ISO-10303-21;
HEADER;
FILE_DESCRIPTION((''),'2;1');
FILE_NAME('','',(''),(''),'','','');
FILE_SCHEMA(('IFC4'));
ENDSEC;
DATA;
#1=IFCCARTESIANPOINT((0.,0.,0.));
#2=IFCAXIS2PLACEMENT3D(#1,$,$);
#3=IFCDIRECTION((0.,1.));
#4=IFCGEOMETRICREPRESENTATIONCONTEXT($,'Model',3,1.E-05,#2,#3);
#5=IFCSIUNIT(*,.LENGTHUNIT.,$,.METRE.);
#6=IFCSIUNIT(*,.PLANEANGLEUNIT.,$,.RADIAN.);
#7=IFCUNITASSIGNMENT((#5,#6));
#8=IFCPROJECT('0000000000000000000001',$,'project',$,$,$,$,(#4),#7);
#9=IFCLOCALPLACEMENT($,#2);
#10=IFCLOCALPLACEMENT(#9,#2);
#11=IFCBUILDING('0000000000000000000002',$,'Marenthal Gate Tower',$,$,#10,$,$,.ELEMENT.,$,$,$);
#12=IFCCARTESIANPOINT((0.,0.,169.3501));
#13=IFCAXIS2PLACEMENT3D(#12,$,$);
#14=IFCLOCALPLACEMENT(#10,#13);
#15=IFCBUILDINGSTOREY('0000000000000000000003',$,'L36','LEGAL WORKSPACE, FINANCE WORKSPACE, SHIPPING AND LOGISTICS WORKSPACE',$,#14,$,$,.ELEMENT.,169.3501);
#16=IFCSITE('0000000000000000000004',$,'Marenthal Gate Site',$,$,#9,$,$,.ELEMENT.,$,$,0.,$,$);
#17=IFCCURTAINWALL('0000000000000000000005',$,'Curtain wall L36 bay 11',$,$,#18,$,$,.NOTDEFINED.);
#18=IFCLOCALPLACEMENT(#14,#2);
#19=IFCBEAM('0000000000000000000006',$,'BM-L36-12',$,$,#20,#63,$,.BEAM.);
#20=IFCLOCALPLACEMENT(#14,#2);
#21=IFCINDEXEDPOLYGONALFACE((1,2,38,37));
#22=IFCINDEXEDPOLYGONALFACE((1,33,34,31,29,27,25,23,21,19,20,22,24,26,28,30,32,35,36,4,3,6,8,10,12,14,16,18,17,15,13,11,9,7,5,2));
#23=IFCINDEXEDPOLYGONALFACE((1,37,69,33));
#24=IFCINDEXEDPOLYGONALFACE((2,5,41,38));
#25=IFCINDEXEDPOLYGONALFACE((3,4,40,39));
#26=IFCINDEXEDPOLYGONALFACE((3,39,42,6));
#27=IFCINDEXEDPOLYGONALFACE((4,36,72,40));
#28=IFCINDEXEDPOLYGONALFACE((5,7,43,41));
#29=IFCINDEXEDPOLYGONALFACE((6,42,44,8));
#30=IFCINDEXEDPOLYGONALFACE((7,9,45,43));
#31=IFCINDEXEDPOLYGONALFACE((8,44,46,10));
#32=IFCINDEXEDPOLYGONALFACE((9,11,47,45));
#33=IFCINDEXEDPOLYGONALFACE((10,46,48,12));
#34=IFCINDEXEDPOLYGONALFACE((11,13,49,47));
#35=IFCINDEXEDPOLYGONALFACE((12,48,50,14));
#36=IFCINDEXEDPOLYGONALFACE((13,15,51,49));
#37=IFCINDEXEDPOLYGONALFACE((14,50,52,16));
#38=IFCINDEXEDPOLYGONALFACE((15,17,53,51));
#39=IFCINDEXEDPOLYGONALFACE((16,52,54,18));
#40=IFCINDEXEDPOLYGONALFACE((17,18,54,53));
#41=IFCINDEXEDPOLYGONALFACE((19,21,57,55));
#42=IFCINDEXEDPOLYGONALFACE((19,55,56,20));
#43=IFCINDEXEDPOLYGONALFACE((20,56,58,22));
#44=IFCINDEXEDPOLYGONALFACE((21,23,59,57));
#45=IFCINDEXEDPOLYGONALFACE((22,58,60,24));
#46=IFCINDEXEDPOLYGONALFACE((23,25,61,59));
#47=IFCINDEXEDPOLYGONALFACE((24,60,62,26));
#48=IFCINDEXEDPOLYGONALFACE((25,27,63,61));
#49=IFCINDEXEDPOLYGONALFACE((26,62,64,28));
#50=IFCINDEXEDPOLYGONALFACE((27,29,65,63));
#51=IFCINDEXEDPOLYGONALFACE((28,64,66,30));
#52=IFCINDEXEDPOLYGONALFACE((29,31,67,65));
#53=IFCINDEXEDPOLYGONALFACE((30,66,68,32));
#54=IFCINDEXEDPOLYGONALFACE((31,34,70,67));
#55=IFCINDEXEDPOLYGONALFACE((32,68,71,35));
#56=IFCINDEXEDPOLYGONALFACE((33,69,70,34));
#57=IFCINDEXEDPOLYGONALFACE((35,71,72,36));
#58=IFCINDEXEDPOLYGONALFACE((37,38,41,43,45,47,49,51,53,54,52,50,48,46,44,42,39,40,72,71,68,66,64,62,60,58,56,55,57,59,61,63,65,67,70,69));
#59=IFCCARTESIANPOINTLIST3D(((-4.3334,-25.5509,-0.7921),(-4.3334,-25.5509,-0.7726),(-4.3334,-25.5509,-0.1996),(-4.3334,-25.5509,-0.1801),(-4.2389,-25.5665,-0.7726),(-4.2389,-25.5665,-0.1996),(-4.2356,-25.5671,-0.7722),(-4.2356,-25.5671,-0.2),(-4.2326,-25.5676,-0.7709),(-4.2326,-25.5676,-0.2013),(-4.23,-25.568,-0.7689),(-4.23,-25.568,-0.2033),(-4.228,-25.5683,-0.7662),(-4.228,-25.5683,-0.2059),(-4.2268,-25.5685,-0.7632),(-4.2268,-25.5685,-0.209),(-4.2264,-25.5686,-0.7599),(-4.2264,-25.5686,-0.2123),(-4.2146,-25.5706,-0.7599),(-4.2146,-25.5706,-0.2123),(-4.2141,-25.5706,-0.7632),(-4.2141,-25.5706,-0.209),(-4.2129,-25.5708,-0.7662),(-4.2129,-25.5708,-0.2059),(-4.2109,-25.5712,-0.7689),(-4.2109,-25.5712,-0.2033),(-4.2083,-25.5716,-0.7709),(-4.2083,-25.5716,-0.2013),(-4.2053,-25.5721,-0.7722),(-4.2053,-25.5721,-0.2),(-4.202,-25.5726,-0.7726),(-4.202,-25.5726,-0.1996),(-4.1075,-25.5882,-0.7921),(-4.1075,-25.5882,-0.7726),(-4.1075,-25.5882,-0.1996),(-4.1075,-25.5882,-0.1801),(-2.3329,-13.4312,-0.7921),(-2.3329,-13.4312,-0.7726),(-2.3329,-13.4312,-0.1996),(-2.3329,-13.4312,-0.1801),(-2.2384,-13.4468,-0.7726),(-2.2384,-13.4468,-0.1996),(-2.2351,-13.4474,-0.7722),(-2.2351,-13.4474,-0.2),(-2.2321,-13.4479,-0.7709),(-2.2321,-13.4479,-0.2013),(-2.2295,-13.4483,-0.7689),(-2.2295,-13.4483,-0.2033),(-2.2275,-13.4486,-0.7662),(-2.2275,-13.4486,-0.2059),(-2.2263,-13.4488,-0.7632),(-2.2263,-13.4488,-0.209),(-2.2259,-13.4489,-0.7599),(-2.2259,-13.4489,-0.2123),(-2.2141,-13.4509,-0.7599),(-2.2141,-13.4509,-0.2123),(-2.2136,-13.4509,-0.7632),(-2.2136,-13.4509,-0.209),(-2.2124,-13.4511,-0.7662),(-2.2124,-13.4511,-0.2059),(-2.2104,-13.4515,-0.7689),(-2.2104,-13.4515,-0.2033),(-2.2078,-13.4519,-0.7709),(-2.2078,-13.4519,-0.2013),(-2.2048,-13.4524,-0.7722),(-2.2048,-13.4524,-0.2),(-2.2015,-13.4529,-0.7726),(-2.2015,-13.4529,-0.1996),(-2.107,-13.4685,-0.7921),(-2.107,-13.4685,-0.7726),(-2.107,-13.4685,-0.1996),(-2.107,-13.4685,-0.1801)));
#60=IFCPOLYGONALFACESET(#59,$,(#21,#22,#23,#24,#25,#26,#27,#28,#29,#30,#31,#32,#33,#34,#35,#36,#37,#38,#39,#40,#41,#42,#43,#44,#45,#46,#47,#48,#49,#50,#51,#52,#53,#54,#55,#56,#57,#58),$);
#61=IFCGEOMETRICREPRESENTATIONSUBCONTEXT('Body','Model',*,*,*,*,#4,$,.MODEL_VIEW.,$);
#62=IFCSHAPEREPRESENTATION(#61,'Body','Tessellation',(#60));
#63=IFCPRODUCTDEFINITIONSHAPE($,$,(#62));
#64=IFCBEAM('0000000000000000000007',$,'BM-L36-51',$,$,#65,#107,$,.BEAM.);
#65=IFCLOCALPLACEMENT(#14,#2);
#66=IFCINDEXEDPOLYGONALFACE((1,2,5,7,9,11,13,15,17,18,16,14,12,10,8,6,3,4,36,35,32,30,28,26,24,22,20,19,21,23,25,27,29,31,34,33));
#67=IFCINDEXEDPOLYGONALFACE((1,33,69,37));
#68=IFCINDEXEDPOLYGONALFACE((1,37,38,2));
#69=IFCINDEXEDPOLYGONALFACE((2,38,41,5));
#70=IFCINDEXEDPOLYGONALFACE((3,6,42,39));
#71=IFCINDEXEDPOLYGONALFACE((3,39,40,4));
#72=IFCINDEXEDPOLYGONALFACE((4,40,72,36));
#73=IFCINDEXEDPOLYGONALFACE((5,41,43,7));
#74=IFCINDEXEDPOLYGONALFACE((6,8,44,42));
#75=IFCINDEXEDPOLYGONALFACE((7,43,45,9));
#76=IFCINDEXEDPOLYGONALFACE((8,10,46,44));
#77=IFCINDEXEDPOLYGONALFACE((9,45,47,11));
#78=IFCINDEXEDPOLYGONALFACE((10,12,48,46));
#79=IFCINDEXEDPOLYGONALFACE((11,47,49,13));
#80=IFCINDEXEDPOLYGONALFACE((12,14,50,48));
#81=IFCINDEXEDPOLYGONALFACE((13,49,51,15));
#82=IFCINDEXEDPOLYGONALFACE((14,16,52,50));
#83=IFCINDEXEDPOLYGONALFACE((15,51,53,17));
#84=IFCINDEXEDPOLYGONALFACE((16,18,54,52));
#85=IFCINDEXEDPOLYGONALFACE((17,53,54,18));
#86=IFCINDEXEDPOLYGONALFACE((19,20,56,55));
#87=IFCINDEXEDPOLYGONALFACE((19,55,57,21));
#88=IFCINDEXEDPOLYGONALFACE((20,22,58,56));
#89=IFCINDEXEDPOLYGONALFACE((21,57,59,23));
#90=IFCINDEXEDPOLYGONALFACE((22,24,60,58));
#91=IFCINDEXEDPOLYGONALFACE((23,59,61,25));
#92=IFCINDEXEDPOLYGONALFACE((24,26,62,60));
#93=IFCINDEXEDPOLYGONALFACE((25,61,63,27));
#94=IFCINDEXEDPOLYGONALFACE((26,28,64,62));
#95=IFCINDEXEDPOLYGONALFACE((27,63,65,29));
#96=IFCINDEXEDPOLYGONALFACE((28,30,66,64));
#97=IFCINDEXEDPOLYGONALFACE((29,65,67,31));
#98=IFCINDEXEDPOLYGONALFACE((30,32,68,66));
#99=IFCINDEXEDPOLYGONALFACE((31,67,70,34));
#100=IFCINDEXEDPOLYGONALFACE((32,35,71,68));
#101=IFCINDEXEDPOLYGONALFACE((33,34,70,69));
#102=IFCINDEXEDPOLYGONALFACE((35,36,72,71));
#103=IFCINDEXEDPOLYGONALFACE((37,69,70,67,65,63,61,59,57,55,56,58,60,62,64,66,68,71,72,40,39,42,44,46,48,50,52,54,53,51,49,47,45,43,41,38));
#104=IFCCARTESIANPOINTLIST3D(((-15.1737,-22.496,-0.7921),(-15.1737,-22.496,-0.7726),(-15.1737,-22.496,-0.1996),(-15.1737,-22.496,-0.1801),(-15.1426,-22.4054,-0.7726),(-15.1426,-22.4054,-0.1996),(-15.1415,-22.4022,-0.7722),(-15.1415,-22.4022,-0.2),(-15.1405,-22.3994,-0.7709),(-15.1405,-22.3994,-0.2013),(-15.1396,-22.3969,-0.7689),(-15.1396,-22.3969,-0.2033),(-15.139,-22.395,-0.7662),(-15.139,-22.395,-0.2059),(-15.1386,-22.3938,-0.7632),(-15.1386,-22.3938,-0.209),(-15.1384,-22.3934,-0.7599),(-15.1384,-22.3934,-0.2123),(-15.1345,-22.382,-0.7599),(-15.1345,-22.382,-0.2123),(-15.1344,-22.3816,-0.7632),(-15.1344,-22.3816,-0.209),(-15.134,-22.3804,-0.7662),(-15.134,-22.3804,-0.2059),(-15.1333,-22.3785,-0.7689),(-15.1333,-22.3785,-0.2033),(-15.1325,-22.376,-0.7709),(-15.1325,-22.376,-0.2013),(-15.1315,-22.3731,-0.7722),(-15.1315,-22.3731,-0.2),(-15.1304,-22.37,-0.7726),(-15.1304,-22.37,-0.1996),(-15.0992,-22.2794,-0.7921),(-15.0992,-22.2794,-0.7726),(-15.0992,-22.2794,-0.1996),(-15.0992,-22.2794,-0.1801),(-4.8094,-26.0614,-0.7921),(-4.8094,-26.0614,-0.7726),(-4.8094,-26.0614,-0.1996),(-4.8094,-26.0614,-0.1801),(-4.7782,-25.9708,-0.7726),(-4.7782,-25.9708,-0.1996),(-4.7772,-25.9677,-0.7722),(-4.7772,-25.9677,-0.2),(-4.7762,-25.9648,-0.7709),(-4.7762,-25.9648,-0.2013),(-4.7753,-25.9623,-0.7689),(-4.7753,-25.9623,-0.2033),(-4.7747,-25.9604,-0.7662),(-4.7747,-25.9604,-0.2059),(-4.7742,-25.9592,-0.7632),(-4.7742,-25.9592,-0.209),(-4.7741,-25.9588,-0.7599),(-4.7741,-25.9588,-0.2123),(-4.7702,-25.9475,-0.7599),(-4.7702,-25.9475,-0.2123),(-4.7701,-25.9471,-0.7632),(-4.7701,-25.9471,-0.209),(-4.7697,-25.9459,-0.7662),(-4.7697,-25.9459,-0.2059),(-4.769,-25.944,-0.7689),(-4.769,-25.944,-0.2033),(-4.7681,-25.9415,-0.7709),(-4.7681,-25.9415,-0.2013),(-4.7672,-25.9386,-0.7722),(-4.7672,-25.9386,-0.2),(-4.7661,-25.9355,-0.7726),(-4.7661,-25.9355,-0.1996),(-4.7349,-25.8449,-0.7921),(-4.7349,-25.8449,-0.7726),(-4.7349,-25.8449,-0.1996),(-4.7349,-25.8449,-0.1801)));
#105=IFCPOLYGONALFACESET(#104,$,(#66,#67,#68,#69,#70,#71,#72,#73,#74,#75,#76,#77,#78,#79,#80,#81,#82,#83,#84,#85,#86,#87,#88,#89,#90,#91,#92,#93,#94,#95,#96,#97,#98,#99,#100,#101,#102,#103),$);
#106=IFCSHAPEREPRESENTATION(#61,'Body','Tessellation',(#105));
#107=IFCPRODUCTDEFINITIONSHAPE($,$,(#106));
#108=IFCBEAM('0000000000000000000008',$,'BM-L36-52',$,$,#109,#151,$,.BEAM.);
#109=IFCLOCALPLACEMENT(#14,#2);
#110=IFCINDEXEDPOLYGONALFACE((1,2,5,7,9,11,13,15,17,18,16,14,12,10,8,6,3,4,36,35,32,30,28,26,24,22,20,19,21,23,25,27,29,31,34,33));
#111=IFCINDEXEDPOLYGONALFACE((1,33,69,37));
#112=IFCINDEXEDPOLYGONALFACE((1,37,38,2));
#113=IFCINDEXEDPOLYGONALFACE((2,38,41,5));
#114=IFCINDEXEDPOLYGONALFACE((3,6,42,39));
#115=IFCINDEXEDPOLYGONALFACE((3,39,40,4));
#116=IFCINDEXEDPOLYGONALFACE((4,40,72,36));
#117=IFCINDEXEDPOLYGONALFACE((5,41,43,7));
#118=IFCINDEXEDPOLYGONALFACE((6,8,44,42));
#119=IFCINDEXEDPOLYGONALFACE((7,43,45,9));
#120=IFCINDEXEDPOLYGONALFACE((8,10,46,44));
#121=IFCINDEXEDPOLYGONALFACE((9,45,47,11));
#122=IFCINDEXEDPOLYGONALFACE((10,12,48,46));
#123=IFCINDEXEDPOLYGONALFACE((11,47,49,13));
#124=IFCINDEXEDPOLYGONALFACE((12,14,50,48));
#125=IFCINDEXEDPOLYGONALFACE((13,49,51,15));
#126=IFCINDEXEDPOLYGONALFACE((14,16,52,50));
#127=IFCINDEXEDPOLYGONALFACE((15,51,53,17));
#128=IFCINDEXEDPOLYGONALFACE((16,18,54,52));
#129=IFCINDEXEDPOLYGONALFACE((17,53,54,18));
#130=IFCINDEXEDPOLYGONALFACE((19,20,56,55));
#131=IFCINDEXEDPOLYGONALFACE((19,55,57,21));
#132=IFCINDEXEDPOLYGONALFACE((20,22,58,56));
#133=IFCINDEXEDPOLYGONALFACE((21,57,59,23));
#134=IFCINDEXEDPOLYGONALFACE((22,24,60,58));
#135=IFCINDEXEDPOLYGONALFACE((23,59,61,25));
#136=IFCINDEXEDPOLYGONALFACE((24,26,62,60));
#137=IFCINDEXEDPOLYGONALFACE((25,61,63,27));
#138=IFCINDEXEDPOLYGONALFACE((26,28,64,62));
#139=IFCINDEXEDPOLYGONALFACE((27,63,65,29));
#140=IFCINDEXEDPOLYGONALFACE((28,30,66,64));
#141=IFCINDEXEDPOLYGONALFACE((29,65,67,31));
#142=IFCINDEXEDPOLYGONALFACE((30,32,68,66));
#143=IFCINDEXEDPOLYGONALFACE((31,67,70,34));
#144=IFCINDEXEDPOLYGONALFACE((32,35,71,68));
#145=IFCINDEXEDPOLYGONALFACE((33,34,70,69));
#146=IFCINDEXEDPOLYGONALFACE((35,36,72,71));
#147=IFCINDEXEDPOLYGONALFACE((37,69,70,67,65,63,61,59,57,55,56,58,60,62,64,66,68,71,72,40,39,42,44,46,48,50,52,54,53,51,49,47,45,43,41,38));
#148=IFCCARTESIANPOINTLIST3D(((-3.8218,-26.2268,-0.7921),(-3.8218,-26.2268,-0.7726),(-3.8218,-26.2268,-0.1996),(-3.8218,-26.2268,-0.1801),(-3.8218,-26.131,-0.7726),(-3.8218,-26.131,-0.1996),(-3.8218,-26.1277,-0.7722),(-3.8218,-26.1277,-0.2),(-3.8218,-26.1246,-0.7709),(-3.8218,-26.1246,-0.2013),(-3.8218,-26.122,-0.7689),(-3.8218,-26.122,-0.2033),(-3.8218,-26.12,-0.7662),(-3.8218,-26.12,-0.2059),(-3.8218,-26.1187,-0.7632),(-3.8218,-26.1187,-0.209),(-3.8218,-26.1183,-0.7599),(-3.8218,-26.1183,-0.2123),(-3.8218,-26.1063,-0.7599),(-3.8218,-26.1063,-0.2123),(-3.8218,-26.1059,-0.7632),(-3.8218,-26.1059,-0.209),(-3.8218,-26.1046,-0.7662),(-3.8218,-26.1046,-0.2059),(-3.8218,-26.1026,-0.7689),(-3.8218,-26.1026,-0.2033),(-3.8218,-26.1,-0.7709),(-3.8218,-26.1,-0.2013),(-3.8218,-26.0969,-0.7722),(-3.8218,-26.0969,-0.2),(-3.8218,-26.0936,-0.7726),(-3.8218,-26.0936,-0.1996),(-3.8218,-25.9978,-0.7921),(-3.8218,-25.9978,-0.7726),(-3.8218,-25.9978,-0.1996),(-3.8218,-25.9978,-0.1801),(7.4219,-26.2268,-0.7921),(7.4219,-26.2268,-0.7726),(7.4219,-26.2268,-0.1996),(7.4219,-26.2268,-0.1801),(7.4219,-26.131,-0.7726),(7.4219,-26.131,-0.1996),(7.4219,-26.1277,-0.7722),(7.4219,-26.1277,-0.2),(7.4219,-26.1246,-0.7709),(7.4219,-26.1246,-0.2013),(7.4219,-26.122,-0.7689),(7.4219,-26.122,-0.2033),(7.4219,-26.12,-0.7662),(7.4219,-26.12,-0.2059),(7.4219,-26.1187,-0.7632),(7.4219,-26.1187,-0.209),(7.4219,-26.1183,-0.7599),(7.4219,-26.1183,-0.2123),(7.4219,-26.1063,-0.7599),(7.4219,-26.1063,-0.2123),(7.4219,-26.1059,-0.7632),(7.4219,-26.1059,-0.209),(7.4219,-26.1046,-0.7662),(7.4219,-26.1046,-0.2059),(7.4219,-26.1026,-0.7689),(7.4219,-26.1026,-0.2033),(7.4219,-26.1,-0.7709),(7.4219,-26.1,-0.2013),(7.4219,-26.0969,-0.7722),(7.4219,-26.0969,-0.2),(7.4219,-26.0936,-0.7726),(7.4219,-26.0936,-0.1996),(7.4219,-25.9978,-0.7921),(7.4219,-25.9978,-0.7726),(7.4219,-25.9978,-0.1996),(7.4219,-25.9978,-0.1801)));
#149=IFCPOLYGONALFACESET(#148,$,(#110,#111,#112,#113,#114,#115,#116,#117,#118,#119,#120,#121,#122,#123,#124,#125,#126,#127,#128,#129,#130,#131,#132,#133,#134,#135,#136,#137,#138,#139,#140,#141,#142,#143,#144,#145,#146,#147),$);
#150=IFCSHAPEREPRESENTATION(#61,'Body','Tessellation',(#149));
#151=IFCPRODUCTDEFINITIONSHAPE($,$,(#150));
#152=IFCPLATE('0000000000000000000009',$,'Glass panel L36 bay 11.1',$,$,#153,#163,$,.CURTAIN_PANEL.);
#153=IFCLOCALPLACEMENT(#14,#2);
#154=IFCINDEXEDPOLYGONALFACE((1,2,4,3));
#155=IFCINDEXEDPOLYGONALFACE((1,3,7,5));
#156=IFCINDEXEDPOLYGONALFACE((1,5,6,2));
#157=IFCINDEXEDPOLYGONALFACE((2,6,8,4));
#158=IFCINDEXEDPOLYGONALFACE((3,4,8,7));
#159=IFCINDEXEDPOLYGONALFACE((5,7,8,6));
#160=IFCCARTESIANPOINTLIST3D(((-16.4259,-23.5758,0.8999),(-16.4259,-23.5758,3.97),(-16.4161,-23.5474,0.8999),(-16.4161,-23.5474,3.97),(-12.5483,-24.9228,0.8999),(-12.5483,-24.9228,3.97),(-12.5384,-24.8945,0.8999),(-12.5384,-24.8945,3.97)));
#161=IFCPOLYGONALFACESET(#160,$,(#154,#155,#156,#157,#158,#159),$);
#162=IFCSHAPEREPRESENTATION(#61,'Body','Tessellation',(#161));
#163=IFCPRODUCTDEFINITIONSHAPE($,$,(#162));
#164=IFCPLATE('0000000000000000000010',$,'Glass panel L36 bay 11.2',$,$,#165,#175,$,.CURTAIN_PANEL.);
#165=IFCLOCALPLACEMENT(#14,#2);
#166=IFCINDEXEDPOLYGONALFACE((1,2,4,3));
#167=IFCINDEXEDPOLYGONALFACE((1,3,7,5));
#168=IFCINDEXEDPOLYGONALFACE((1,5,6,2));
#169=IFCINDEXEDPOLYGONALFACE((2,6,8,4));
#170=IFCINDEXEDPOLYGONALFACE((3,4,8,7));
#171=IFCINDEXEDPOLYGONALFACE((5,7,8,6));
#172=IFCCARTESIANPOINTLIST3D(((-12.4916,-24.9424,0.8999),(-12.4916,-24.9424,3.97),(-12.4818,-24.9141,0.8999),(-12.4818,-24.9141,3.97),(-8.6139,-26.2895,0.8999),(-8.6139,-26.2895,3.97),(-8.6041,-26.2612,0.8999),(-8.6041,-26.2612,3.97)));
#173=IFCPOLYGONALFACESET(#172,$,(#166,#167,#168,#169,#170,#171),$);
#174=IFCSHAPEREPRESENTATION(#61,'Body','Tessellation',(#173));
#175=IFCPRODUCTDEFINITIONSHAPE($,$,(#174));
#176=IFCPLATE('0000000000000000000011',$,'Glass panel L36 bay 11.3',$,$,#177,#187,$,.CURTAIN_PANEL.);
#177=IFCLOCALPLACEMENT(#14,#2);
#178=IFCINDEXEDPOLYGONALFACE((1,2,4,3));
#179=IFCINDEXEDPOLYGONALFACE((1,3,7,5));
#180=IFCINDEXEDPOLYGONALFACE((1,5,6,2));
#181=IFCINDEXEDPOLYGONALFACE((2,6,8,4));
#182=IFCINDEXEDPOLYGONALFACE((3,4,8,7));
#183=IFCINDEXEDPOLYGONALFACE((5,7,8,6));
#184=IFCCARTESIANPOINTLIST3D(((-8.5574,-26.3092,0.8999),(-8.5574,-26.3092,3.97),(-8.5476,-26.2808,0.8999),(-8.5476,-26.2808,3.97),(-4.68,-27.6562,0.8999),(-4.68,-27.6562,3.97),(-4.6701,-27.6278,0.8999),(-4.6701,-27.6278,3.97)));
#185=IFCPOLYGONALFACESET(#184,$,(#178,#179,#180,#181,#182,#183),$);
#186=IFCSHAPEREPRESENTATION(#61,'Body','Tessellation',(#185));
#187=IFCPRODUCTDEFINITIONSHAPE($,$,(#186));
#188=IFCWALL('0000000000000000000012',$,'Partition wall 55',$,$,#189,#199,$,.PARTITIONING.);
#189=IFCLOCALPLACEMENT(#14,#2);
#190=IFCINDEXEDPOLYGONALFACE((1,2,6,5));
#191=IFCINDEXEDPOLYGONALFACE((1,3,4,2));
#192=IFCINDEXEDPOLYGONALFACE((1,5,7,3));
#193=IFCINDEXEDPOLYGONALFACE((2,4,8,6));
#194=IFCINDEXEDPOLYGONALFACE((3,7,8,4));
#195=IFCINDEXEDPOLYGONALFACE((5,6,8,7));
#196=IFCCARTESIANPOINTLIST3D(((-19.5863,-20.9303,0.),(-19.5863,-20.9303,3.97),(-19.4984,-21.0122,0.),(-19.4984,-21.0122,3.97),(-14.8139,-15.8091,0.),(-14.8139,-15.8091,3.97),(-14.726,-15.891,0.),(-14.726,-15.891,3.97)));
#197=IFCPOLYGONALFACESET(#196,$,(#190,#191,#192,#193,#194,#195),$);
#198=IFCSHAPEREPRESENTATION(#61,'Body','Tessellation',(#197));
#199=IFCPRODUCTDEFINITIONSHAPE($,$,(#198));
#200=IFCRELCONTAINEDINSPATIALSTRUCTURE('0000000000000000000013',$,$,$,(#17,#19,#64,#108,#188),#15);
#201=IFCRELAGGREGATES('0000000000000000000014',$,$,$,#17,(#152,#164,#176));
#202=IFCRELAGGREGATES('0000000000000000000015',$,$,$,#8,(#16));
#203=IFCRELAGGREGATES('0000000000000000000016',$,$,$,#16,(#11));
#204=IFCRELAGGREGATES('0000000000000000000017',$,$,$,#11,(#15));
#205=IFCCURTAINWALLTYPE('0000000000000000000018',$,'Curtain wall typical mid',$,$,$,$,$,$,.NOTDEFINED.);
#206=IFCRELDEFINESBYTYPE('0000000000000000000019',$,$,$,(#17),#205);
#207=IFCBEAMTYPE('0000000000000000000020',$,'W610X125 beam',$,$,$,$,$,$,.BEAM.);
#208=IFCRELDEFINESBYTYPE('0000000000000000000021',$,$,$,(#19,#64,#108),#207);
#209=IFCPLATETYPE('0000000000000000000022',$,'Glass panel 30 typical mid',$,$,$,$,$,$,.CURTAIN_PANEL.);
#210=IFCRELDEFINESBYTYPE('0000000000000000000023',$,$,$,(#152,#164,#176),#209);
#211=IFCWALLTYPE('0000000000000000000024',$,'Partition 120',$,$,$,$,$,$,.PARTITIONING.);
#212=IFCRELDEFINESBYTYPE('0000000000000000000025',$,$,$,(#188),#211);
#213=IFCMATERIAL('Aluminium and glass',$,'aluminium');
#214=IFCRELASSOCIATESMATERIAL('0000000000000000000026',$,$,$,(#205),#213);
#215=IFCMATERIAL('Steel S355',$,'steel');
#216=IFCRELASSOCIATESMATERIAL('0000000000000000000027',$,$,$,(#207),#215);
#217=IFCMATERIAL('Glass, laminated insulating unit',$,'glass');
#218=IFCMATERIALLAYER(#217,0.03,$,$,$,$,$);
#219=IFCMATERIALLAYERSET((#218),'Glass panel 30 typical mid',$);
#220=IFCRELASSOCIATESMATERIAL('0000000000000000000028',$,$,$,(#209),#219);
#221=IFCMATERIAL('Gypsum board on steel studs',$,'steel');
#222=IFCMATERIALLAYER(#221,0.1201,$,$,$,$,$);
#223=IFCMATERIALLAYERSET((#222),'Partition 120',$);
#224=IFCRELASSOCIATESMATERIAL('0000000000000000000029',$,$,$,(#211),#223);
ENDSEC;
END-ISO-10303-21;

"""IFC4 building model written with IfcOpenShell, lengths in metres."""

from ifc_helpers import new_model, si_unit, direction, frame, frame_2d, origin, origin_2d, place, context, subcontext, project, spatial, rectangle, i_section, extrude, material, layer, layer_set, material_profile, profile_set, type_object, element, aggregate, save


model = new_model("IFC4")

# Units and contexts
model_context = context("Model", 3, precision=1e-05, world=origin(), true_north=direction((0.0, 1.0)))
body_context = subcontext(model_context, "Body", "Model", "MODEL_VIEW")
ifc_project = project(units=[si_unit("LENGTHUNIT", "METRE"), si_unit("PLANEANGLEUNIT", "RADIAN")], contexts=[model_context])

# Site, building, storey
site_placement = place(None, origin())
site = spatial("IfcSite", under=ifc_project, at=site_placement, Name="Marenthal Gate Site", CompositionType="ELEMENT", RefElevation=0.0)
building_placement = place(site_placement, origin())
building = spatial("IfcBuilding", under=site, at=building_placement, Name="Marenthal Gate Tower", CompositionType="ELEMENT")
storey_placement = place(building_placement, frame((0.0, 0.0, 169.3501)))
storey = spatial("IfcBuildingStorey", under=building, at=storey_placement, Name="L36", Description="LEGAL WORKSPACE, FINANCE WORKSPACE, SHIPPING AND LOGISTICS WORKSPACE", CompositionType="ELEMENT", Elevation=169.3501)

# Curtain wall
ifc_material_1 = material(Name="Aluminium and glass", Category="aluminium")
curtain_wall_type = type_object("IfcCurtainWallType", Name="Curtain wall typical mid", PredefinedType="NOTDEFINED", material=ifc_material_1)
curtain_wall_placement = place(storey_placement, origin())
curtain_wall = element("IfcCurtainWall", 1, at=curtain_wall_placement, inside=storey, type_object=curtain_wall_type, Name="Curtain wall L36 bay 11", PredefinedType="NOTDEFINED")

# Beams
ifc_material_2 = material(Name="Steel S355", Category="steel")
ifc_material_profile_1 = material_profile(ifc_material_2, i_section(OverallWidth=0.229, OverallDepth=0.6121, WebThickness=0.012, FlangeThickness=0.0195, FilletRadius=0.0127, at=origin_2d()), Name="W610X125")
ifc_profile_set_1 = profile_set([ifc_material_profile_1], Name="Steel S355")
beam_type_1 = type_object("IfcBeamType", Name="W610X125 beam", PredefinedType="BEAM", material=ifc_profile_set_1)
beam_1_placement = place(storey_placement, frame((-4.2205, -25.5696, -0.4861), z_axis=(0.162858, 0.986649, 0.0), x_axis=(-0.986649, 0.162858, 0.0)))
element("IfcBeam", 2, at=beam_1_placement, inside=storey, type_object=beam_type_1, Name="BM-L36-12", PredefinedType="BEAM", context=body_context, shape_type="SweptSolid", body=[
    extrude(i_section(OverallWidth=0.229, OverallDepth=0.6121, WebThickness=0.012, FlangeThickness=0.0195, FilletRadius=0.0127, at=origin_2d()), origin(), (0.0, 0.0, 1.0), 12.2837),
])
beam_2_placement = place(storey_placement, frame((-15.1365, -22.3877, -0.4861), z_axis=(0.94561, -0.325301, 0.0), x_axis=(0.325301, 0.94561, 0.0)))
element("IfcBeam", 3, at=beam_2_placement, inside=storey, type_object=beam_type_1, Name="BM-L36-51", PredefinedType="BEAM", context=body_context, shape_type="SweptSolid", body=[
    extrude(i_section(OverallWidth=0.229, OverallDepth=0.6121, WebThickness=0.012, FlangeThickness=0.0195, FilletRadius=0.0127, at=origin_2d()), origin(), (0.0, 0.0, 1.0), 10.9604),
])
beam_3_placement = place(storey_placement, frame((-3.8218, -26.1123, -0.4861), z_axis=(1.0, 0.0, 0.0), x_axis=(0.0, 1.0, 0.0)))
element("IfcBeam", 4, at=beam_3_placement, inside=storey, type_object=beam_type_1, Name="BM-L36-52", PredefinedType="BEAM", context=body_context, shape_type="SweptSolid", body=[
    extrude(i_section(OverallWidth=0.229, OverallDepth=0.6121, WebThickness=0.012, FlangeThickness=0.0195, FilletRadius=0.0127, at=origin_2d()), origin(), (0.0, 0.0, 1.0), 11.2437),
])

# Plates
ifc_material_3 = material(Name="Glass, laminated insulating unit", Category="glass")
ifc_layer_1 = layer(ifc_material_3, 0.03)
ifc_layer_set_1 = layer_set([ifc_layer_1], Name="Glass panel 30 typical mid")
plate_type = type_object("IfcPlateType", Name="Glass panel 30 typical mid", PredefinedType="CURTAIN_PANEL", material=ifc_layer_set_1)
plate_1_placement = place(storey_placement, frame((-14.4822, -24.2351, 0.8999), z_axis=(0.0, 0.0, 1.0), x_axis=(0.944623, -0.328158, 0.0)))
plate_1 = element("IfcPlate", 5, at=plate_1_placement, type_object=plate_type, Name="Glass panel L36 bay 11.1", PredefinedType="CURTAIN_PANEL", context=body_context, shape_type="SweptSolid", body=[
    extrude(rectangle(XDim=4.105, YDim=0.03, at=origin_2d()), origin(), (0.0, 0.0, 1.0), 3.0701),
])
plate_2_placement = place(storey_placement, frame((-10.5479, -25.6018, 0.8999), z_axis=(0.0, 0.0, 1.0), x_axis=(0.944623, -0.328158, 0.0)))
plate_2 = element("IfcPlate", 6, at=plate_2_placement, type_object=plate_type, Name="Glass panel L36 bay 11.2", PredefinedType="CURTAIN_PANEL", context=body_context, shape_type="SweptSolid", body=[
    extrude(rectangle(XDim=4.105, YDim=0.03, at=origin_2d()), origin(), (0.0, 0.0, 1.0), 3.0701),
])
plate_3_placement = place(storey_placement, frame((-6.6138, -26.9685, 0.8999), z_axis=(0.0, 0.0, 1.0), x_axis=(0.944623, -0.328158, 0.0)))
plate_3 = element("IfcPlate", 7, at=plate_3_placement, type_object=plate_type, Name="Glass panel L36 bay 11.3", PredefinedType="CURTAIN_PANEL", context=body_context, shape_type="SweptSolid", body=[
    extrude(rectangle(XDim=4.1047, YDim=0.03, at=origin_2d()), origin(), (0.0, 0.0, 1.0), 3.0701),
])
aggregate(curtain_wall, [plate_1, plate_2, plate_3])

# Wall
ifc_material_4 = material(Name="Gypsum board on steel studs", Category="steel")
ifc_layer_2 = layer(ifc_material_4, 0.1201)
ifc_layer_set_2 = layer_set([ifc_layer_2], Name="Partition 120")
wall_type_1 = type_object("IfcWallType", Name="Partition 120", PredefinedType="PARTITIONING", material=ifc_layer_set_2)
wall_1_placement = place(storey_placement, frame((-14.77, -15.8501, 0.0), z_axis=(0.0, 0.0, 1.0), x_axis=(-0.681749, -0.731586, 0.0)))
element("IfcWall", 8, at=wall_1_placement, inside=storey, type_object=wall_type_1, Name="Partition wall 55", PredefinedType="PARTITIONING", context=body_context, shape_type="SweptSolid", body=[
    extrude(rectangle(XDim=7.0002, YDim=0.1201, at=frame_2d((3.5, 0.0))), origin(), (0.0, 0.0, 1.0), 3.97),
])

save(model, "model.ifc")
